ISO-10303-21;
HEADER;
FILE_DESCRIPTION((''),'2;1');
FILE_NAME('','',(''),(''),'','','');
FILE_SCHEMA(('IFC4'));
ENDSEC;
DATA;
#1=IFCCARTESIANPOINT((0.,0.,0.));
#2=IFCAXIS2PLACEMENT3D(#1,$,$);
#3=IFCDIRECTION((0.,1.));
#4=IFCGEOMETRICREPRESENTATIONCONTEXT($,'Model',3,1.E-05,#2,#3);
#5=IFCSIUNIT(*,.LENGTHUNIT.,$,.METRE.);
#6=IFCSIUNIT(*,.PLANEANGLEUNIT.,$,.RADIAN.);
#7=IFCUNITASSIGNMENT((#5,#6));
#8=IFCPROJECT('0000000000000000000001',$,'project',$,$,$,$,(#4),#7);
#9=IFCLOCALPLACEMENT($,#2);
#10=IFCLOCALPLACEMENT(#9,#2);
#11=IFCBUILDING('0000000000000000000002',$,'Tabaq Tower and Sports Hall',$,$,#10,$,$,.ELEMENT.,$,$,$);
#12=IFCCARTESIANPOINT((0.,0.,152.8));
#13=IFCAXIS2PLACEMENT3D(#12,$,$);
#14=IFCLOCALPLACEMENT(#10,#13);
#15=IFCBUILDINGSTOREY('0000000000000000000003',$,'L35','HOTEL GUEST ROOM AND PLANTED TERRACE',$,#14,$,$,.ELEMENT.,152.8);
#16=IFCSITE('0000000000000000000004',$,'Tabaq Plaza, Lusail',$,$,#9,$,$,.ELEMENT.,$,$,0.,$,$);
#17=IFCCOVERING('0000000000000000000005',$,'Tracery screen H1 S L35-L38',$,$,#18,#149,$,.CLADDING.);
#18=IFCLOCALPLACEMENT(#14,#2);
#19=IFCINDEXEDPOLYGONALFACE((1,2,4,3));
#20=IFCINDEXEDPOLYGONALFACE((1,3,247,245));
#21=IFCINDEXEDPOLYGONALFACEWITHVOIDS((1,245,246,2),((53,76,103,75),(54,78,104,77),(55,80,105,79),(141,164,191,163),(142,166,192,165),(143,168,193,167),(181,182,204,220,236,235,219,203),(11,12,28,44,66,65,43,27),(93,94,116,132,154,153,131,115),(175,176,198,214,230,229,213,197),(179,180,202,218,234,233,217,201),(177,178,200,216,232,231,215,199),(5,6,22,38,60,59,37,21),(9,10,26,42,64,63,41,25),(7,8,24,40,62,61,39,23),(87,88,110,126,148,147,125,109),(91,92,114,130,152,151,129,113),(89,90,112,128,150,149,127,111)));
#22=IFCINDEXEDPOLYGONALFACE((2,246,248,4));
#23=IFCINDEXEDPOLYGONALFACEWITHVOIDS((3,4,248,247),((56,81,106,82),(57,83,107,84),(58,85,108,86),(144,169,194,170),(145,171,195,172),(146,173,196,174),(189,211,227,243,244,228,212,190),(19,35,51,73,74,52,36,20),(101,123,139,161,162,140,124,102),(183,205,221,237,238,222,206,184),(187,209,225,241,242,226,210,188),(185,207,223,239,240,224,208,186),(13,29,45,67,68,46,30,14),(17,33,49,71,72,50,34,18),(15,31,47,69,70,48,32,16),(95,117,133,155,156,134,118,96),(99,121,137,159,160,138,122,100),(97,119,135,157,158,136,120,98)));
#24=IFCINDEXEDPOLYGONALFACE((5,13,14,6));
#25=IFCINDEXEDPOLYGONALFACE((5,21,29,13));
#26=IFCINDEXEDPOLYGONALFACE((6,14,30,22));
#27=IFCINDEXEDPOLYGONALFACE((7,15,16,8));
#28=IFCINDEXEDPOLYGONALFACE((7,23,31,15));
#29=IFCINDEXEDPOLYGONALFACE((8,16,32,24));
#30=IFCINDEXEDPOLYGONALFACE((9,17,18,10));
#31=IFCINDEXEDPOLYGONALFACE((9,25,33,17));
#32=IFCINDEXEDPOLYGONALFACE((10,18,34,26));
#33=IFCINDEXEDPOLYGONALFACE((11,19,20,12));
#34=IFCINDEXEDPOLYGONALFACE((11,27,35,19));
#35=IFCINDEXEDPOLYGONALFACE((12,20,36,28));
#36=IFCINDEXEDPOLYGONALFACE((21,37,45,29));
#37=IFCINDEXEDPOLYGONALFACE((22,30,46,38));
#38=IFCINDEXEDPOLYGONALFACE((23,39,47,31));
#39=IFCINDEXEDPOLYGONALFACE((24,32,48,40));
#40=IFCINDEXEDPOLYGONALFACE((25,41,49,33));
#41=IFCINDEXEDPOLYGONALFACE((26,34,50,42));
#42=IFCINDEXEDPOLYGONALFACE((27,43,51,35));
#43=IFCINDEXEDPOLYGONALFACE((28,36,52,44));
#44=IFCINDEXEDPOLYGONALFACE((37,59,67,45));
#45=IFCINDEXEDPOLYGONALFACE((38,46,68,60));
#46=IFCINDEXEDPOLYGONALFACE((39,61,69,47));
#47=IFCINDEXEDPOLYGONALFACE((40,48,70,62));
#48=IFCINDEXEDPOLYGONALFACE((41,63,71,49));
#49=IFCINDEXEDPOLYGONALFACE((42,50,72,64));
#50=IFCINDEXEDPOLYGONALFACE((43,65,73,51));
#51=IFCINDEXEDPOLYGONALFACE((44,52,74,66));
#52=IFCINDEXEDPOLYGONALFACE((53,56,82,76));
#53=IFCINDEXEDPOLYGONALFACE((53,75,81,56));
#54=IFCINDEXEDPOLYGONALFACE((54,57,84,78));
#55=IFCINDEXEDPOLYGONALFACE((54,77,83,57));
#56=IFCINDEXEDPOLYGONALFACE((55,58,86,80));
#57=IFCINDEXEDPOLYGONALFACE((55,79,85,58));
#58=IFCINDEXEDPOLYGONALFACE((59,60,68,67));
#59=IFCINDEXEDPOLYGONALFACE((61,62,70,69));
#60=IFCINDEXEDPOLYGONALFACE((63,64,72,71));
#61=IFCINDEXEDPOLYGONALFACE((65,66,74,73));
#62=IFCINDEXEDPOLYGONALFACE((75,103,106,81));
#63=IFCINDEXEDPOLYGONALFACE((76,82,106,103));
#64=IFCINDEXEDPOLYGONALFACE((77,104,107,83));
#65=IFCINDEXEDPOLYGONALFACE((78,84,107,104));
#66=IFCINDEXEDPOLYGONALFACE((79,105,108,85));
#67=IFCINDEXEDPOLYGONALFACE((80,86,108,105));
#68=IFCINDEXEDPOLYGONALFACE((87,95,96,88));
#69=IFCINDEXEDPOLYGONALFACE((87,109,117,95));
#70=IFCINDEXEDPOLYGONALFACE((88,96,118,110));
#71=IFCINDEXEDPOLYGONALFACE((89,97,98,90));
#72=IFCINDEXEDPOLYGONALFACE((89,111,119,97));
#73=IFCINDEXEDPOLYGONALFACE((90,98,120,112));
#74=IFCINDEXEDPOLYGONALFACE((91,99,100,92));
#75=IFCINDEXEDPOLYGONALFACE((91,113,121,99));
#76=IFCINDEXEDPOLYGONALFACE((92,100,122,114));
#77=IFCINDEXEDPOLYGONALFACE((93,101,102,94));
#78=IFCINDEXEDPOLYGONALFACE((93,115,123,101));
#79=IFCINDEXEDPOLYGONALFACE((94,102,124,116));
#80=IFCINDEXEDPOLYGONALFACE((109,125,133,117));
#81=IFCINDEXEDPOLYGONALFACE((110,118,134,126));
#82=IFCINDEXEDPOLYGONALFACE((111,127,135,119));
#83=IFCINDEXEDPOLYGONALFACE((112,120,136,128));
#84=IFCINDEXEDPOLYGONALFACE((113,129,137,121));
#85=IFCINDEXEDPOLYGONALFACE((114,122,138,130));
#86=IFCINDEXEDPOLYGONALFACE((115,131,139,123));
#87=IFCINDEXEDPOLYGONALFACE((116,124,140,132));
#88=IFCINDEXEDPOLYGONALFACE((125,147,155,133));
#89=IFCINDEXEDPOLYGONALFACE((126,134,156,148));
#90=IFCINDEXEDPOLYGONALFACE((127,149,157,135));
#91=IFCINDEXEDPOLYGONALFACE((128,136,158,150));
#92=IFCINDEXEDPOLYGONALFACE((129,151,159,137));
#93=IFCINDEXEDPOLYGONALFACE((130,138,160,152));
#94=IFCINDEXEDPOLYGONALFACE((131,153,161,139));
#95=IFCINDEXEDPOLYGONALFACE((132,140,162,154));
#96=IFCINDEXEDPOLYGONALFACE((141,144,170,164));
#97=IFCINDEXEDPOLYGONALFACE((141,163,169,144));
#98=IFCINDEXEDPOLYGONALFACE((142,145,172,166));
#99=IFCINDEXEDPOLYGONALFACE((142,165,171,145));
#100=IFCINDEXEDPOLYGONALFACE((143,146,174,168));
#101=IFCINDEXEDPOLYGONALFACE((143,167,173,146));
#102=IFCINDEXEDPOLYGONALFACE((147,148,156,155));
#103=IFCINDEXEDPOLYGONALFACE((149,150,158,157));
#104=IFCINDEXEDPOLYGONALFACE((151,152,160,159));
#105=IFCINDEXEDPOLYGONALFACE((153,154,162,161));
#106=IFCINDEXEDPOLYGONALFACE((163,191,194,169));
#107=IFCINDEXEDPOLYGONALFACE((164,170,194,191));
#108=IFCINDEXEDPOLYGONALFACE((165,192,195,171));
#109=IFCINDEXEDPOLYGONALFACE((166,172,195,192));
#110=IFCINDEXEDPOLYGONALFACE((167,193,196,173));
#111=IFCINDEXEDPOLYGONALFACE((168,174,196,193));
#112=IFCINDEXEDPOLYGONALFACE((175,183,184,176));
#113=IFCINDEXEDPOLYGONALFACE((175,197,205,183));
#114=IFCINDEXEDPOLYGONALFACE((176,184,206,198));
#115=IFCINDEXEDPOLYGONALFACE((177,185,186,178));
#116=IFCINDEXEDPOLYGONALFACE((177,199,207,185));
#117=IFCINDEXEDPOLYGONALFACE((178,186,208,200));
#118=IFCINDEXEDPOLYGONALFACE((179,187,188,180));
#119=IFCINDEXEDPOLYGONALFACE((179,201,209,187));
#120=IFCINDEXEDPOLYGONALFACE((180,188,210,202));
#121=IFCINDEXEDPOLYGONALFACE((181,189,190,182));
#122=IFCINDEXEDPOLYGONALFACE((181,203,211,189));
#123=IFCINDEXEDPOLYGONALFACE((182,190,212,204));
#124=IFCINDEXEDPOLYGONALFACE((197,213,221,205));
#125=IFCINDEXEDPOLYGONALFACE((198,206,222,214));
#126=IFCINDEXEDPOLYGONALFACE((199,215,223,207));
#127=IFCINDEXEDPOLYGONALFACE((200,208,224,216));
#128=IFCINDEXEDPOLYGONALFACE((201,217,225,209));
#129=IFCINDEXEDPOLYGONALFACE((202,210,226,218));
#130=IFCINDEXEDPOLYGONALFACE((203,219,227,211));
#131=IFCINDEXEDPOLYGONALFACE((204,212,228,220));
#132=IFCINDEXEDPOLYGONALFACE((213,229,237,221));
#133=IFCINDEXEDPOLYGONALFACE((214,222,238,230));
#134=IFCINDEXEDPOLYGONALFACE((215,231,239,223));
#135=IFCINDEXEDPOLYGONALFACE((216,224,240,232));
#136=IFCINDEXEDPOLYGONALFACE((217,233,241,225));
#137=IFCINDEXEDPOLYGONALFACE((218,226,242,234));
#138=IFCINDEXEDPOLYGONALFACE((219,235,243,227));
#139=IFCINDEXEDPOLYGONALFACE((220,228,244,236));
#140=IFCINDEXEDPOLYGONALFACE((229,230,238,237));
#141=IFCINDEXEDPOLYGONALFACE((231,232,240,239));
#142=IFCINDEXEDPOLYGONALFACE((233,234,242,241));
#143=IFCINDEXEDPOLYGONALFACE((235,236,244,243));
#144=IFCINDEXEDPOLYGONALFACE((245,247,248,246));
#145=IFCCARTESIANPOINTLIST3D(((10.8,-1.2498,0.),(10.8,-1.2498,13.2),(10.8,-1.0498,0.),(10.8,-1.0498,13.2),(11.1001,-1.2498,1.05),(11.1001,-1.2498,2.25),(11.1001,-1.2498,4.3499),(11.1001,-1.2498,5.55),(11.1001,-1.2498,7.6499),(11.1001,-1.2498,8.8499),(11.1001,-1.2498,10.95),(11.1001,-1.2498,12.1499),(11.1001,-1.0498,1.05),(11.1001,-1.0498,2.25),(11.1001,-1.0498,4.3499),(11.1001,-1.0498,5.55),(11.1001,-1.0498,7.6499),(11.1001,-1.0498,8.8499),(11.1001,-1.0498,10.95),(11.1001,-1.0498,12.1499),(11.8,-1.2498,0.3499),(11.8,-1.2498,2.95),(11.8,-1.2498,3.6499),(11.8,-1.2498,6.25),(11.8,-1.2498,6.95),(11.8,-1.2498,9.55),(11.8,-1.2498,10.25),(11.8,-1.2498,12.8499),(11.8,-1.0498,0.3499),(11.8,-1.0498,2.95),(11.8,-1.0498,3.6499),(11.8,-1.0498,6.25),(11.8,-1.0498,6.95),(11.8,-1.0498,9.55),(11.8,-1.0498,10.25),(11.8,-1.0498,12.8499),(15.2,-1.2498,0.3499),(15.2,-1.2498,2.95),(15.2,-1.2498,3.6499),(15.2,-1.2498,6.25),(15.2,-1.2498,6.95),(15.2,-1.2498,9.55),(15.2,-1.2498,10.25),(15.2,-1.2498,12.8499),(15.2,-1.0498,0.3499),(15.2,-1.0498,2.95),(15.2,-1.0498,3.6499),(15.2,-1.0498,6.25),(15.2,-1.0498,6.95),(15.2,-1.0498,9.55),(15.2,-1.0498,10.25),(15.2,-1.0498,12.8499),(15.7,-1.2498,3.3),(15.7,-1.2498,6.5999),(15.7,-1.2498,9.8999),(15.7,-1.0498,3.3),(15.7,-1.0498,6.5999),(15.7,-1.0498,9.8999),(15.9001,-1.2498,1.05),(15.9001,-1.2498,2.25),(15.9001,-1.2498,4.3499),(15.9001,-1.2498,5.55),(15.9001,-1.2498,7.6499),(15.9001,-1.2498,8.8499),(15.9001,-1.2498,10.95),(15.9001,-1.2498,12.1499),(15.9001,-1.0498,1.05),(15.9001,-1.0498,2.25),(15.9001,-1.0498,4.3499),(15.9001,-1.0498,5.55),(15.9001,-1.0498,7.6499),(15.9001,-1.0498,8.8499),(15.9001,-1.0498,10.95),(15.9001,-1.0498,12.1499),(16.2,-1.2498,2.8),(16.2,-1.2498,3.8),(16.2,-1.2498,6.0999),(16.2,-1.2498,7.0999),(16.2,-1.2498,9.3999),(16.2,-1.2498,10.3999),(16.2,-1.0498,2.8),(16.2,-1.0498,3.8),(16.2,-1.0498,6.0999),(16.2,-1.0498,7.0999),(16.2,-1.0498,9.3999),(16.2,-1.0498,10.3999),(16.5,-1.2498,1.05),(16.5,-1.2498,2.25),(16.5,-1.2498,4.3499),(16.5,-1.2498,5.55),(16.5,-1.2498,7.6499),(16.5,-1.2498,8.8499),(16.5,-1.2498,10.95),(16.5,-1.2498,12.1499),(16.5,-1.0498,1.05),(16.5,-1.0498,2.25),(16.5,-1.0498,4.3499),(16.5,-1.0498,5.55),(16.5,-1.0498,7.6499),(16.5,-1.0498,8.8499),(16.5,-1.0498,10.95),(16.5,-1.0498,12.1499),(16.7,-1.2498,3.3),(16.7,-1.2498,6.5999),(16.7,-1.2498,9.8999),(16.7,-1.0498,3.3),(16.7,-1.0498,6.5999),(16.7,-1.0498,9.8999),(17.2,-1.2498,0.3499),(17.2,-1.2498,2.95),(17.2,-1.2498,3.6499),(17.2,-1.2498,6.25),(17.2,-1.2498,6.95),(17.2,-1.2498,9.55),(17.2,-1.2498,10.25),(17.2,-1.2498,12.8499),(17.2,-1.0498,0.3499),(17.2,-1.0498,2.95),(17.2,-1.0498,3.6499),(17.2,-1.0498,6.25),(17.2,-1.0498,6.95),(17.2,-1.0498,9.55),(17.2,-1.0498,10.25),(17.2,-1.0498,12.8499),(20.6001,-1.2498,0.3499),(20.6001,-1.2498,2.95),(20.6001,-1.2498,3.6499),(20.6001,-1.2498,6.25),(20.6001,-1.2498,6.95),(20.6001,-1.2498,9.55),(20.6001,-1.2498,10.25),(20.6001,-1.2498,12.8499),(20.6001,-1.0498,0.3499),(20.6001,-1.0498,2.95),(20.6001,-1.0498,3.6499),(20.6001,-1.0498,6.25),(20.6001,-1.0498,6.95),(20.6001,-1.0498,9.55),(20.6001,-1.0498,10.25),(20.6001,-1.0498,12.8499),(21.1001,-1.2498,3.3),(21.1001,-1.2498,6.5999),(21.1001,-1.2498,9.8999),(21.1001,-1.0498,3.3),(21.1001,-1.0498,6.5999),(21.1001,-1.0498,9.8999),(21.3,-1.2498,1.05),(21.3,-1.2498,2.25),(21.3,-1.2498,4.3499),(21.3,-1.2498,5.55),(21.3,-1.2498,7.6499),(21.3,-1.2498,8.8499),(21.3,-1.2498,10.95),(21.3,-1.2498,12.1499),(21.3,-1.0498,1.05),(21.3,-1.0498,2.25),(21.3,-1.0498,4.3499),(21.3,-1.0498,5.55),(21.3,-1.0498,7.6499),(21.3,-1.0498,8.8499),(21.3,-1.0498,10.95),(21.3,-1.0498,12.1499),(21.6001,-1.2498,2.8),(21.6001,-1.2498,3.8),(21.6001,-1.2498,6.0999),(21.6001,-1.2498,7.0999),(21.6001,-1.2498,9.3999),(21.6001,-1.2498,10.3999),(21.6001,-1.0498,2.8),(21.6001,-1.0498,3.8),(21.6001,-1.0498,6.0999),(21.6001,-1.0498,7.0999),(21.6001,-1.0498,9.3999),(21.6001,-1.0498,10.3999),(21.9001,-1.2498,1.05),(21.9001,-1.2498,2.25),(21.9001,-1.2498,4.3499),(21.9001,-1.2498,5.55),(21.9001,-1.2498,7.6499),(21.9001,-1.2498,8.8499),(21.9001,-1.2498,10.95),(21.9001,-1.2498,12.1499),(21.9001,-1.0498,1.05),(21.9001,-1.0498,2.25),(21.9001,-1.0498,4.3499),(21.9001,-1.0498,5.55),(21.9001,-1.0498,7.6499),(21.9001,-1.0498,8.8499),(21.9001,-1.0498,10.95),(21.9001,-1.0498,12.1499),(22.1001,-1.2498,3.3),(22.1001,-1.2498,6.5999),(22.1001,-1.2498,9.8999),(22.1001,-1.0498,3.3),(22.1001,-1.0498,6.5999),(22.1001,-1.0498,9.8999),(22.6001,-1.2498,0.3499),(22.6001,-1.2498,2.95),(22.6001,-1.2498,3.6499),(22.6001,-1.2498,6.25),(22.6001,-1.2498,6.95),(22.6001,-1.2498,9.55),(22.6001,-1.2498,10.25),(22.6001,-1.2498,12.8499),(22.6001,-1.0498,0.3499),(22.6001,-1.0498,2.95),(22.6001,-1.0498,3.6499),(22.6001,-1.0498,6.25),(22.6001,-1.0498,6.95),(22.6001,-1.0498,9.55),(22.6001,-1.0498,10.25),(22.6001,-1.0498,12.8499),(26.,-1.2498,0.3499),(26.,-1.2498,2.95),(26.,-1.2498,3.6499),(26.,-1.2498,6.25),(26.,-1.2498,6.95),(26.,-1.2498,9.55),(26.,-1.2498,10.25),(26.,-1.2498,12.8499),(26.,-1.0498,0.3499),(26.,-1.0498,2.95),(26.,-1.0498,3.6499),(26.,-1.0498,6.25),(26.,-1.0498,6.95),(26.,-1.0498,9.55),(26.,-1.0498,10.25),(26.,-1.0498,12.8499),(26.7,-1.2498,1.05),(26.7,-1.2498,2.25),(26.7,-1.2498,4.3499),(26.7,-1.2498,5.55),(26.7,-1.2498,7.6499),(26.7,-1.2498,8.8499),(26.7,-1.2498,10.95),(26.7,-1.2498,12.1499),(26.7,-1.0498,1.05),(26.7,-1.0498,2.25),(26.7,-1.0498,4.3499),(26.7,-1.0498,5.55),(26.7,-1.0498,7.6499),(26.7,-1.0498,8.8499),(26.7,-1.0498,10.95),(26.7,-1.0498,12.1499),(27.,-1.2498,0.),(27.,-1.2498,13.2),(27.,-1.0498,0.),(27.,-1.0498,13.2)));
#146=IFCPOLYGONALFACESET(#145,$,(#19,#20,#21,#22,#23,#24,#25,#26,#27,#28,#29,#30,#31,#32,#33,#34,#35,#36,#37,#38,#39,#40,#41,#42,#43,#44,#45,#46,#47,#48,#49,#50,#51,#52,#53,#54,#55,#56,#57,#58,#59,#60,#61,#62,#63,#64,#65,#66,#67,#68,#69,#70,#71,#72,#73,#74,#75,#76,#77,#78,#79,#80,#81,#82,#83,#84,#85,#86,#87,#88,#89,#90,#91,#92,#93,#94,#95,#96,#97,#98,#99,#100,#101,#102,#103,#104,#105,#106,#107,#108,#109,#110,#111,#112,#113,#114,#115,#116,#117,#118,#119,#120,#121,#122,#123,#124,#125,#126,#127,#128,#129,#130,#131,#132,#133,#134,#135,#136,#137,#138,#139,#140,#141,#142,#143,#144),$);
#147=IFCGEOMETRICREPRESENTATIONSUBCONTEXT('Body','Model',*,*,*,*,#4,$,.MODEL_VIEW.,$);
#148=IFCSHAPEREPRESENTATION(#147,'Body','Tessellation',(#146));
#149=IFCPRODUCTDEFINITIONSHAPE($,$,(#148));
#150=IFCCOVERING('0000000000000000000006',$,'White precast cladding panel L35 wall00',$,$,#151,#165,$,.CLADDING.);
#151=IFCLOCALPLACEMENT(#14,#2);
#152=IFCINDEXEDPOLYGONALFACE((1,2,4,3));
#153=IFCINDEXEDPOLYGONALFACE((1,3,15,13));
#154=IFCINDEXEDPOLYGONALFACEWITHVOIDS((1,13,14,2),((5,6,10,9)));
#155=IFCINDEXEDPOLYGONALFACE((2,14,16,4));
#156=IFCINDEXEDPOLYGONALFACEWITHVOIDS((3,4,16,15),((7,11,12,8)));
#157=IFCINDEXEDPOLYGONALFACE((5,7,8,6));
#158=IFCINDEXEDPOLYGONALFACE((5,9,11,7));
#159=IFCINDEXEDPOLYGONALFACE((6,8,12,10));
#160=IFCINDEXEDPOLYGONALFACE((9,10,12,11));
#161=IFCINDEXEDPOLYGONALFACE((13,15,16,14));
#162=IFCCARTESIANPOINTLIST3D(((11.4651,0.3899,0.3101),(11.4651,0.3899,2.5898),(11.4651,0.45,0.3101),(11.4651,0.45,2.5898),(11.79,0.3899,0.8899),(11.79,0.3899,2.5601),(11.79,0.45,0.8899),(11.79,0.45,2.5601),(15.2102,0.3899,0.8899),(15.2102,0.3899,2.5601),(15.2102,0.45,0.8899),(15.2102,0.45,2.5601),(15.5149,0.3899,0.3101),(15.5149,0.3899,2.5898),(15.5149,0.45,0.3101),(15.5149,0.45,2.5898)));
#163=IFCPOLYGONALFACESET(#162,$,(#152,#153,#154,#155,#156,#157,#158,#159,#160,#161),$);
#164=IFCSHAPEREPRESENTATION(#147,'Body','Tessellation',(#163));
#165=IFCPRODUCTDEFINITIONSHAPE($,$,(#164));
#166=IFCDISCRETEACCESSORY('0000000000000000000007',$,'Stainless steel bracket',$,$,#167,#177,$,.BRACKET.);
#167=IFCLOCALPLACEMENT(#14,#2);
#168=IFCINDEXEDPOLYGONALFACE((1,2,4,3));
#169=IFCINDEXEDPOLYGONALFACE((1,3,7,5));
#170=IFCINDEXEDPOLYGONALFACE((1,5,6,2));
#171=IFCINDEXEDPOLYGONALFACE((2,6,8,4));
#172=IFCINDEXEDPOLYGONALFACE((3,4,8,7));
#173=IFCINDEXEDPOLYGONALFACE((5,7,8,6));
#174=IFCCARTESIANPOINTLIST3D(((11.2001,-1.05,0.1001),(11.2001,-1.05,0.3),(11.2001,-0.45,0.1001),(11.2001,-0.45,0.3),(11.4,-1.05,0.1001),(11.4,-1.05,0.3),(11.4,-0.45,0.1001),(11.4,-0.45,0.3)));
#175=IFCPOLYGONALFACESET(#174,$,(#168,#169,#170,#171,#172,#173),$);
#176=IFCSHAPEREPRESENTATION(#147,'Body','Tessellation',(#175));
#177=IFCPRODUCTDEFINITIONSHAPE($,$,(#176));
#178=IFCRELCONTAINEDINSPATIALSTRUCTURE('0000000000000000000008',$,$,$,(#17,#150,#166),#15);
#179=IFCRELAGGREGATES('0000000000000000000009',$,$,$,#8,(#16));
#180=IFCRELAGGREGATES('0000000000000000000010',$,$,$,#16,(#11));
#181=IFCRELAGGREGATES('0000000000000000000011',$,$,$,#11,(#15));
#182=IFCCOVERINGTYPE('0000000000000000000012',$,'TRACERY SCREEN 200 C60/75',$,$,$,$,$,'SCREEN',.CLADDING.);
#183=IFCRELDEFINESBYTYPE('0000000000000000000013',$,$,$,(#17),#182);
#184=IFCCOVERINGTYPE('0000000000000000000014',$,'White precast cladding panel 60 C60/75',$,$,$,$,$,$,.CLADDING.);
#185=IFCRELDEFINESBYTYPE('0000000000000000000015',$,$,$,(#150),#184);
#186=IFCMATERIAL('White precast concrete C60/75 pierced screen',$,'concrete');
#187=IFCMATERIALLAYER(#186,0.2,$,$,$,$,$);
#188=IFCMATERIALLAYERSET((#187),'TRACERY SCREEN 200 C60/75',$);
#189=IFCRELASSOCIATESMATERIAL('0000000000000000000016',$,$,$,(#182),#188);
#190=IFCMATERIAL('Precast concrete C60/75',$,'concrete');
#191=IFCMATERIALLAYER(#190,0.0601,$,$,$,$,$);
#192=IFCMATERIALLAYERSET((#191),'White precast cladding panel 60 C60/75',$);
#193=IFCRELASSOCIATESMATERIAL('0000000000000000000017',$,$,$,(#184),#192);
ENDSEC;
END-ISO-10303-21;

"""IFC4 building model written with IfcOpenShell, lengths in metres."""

from ifc_helpers import new_model, si_unit, direction, frame, origin, origin_2d, place, context, subcontext, project, spatial, polyline, rectangle, outline, extrude, material, layer, layer_set, type_object, element, save


model = new_model("IFC4")

# Units and contexts
model_context = context("Model", 3, precision=1e-05, world=origin(), true_north=direction((0.0, 1.0)))
body_context = subcontext(model_context, "Body", "Model", "MODEL_VIEW")
ifc_project = project(units=[si_unit("LENGTHUNIT", "METRE"), si_unit("PLANEANGLEUNIT", "RADIAN")], contexts=[model_context])

# Site, building, storey
site_placement = place(None, origin())
site = spatial("IfcSite", under=ifc_project, at=site_placement, Name="Tabaq Plaza, Lusail", CompositionType="ELEMENT", RefElevation=0.0)
building_placement = place(site_placement, origin())
building = spatial("IfcBuilding", under=site, at=building_placement, Name="Tabaq Tower and Sports Hall", CompositionType="ELEMENT")
storey_placement = place(building_placement, frame((0.0, 0.0, 152.8)))
storey = spatial("IfcBuildingStorey", under=building, at=storey_placement, Name="L35", Description="HOTEL GUEST ROOM AND PLANTED TERRACE", CompositionType="ELEMENT", Elevation=152.8)

# Coverings
ifc_material_1 = material(Name="White precast concrete C60/75 pierced screen", Category="concrete")
ifc_layer_1 = layer(ifc_material_1, 0.2)
ifc_layer_set_1 = layer_set([ifc_layer_1], Name="TRACERY SCREEN 200 C60/75")
covering_type_1 = type_object("IfcCoveringType", Name="TRACERY SCREEN 200 C60/75", ElementType="SCREEN", PredefinedType="CLADDING", material=ifc_layer_set_1)
covering_1_placement = place(storey_placement, frame((10.8, -1.1499, 0.0), z_axis=(0.0, 0.0, 1.0), x_axis=(1.0, 0.0, 0.0)))
element("IfcCovering", 1, at=covering_1_placement, inside=storey, type_object=covering_type_1, Name="Tracery screen H1 S L35-L38", PredefinedType="CLADDING", context=body_context, shape_type="SweptSolid", body=[
    extrude(outline(polyline([(0.0, 0.0), (16.2, 0.0), (16.2, 13.2), (0.0, 13.2), (0.0, 0.0)]), holes=[polyline([(1.0, 0.3499), (4.3999, 0.3499), (5.1001, 1.05), (5.1001, 2.25), (4.3999, 2.95), (1.0, 2.95), (0.3, 2.25), (0.3, 1.05), (1.0, 0.3499)]), polyline([(6.3999, 0.3499), (9.8, 0.3499), (10.5, 1.05), (10.5, 2.25), (9.8, 2.95), (6.3999, 2.95), (5.7, 2.25), (5.7, 1.05), (6.3999, 0.3499)]), polyline([(11.8, 0.3499), (15.2, 0.3499), (15.8999, 1.05), (15.8999, 2.25), (15.2, 2.95), (11.8, 2.95), (11.1001, 2.25), (11.1001, 1.05), (11.8, 0.3499)]), polyline([(1.0, 3.6499), (4.3999, 3.6499), (5.1001, 4.3499), (5.1001, 5.55), (4.3999, 6.25), (1.0, 6.25), (0.3, 5.55), (0.3, 4.3499), (1.0, 3.6499)]), polyline([(6.3999, 3.6499), (9.8, 3.6499), (10.5, 4.3499), (10.5, 5.55), (9.8, 6.25), (6.3999, 6.25), (5.7, 5.55), (5.7, 4.3499), (6.3999, 3.6499)]), polyline([(11.8, 3.6499), (15.2, 3.6499), (15.8999, 4.3499), (15.8999, 5.55), (15.2, 6.25), (11.8, 6.25), (11.1001, 5.55), (11.1001, 4.3499), (11.8, 3.6499)]), polyline([(1.0, 6.95), (4.3999, 6.95), (5.1001, 7.6499), (5.1001, 8.8499), (4.3999, 9.55), (1.0, 9.55), (0.3, 8.8499), (0.3, 7.6499), (1.0, 6.95)]), polyline([(6.3999, 6.95), (9.8, 6.95), (10.5, 7.6499), (10.5, 8.8499), (9.8, 9.55), (6.3999, 9.55), (5.7, 8.8499), (5.7, 7.6499), (6.3999, 6.95)]), polyline([(11.8, 6.95), (15.2, 6.95), (15.8999, 7.6499), (15.8999, 8.8499), (15.2, 9.55), (11.8, 9.55), (11.1001, 8.8499), (11.1001, 7.6499), (11.8, 6.95)]), polyline([(1.0, 10.25), (4.3999, 10.25), (5.1001, 10.95), (5.1001, 12.1499), (4.3999, 12.8499), (1.0, 12.8499), (0.3, 12.1499), (0.3, 10.95), (1.0, 10.25)]), polyline([(6.3999, 10.25), (9.8, 10.25), (10.5, 10.95), (10.5, 12.1499), (9.8, 12.8499), (6.3999, 12.8499), (5.7, 12.1499), (5.7, 10.95), (6.3999, 10.25)]), polyline([(11.8, 10.25), (15.2, 10.25), (15.8999, 10.95), (15.8999, 12.1499), (15.2, 12.8499), (11.8, 12.8499), (11.1001, 12.1499), (11.1001, 10.95), (11.8, 10.25)]), polyline([(5.8999, 3.3), (5.3999, 3.8), (4.8999, 3.3), (5.3999, 2.8), (5.8999, 3.3)]), polyline([(11.3, 3.3), (10.8, 3.8), (10.3, 3.3), (10.8, 2.8), (11.3, 3.3)]), polyline([(5.8999, 6.5999), (5.3999, 7.0999), (4.8999, 6.5999), (5.3999, 6.0999), (5.8999, 6.5999)]), polyline([(11.3, 6.5999), (10.8, 7.0999), (10.3, 6.5999), (10.8, 6.0999), (11.3, 6.5999)]), polyline([(5.8999, 9.8999), (5.3999, 10.3999), (4.8999, 9.8999), (5.3999, 9.3999), (5.8999, 9.8999)]), polyline([(11.3, 9.8999), (10.8, 10.3999), (10.3, 9.8999), (10.8, 9.3999), (11.3, 9.8999)])]), frame((0.0, 0.1001, 0.0), z_axis=(0.0, -1.0, 0.0), x_axis=(1.0, 0.0, 0.0)), (0.0, 0.0, 1.0), 0.2),
])
ifc_material_2 = material(Name="Precast concrete C60/75", Category="concrete")
ifc_layer_2 = layer(ifc_material_2, 0.0601)
ifc_layer_set_2 = layer_set([ifc_layer_2], Name="White precast cladding panel 60 C60/75")
covering_type_2 = type_object("IfcCoveringType", Name="White precast cladding panel 60 C60/75", PredefinedType="CLADDING", material=ifc_layer_set_2)
covering_2_placement = place(storey_placement, frame((11.4651, 0.4199, 0.3101), z_axis=(0.0, 0.0, 1.0), x_axis=(1.0, 0.0, 0.0)))
element("IfcCovering", 2, at=covering_2_placement, inside=storey, type_object=covering_type_2, Name="White precast cladding panel L35 wall00", PredefinedType="CLADDING", context=body_context, shape_type="SweptSolid", body=[
    extrude(outline(polyline([(0.0, 0.0), (4.0498, 0.0), (4.0498, 2.2798), (0.0, 2.2798), (0.0, 0.0)]), holes=[polyline([(3.7451, 0.5798), (0.325, 0.5798), (0.325, 2.25), (3.7451, 2.25), (3.7451, 0.5798)])]), frame((0.0, 0.03, 0.0), z_axis=(0.0, -1.0, 0.0), x_axis=(1.0, 0.0, 0.0)), (0.0, 0.0, 1.0), 0.0601),
])

# Discrete accessory
discrete_accessory_placement = place(storey_placement, frame((11.3, -0.75, 0.1001), z_axis=(0.0, 0.0, 1.0), x_axis=(0.0, -1.0, 0.0)))
element("IfcDiscreteAccessory", 3, at=discrete_accessory_placement, inside=storey, Name="Stainless steel bracket", PredefinedType="BRACKET", context=body_context, shape_type="SweptSolid", body=[
    extrude(rectangle(XDim=0.6001, YDim=0.2, at=origin_2d()), origin(), (0.0, 0.0, 1.0), 0.2),
])

save(model, "model.ifc")
